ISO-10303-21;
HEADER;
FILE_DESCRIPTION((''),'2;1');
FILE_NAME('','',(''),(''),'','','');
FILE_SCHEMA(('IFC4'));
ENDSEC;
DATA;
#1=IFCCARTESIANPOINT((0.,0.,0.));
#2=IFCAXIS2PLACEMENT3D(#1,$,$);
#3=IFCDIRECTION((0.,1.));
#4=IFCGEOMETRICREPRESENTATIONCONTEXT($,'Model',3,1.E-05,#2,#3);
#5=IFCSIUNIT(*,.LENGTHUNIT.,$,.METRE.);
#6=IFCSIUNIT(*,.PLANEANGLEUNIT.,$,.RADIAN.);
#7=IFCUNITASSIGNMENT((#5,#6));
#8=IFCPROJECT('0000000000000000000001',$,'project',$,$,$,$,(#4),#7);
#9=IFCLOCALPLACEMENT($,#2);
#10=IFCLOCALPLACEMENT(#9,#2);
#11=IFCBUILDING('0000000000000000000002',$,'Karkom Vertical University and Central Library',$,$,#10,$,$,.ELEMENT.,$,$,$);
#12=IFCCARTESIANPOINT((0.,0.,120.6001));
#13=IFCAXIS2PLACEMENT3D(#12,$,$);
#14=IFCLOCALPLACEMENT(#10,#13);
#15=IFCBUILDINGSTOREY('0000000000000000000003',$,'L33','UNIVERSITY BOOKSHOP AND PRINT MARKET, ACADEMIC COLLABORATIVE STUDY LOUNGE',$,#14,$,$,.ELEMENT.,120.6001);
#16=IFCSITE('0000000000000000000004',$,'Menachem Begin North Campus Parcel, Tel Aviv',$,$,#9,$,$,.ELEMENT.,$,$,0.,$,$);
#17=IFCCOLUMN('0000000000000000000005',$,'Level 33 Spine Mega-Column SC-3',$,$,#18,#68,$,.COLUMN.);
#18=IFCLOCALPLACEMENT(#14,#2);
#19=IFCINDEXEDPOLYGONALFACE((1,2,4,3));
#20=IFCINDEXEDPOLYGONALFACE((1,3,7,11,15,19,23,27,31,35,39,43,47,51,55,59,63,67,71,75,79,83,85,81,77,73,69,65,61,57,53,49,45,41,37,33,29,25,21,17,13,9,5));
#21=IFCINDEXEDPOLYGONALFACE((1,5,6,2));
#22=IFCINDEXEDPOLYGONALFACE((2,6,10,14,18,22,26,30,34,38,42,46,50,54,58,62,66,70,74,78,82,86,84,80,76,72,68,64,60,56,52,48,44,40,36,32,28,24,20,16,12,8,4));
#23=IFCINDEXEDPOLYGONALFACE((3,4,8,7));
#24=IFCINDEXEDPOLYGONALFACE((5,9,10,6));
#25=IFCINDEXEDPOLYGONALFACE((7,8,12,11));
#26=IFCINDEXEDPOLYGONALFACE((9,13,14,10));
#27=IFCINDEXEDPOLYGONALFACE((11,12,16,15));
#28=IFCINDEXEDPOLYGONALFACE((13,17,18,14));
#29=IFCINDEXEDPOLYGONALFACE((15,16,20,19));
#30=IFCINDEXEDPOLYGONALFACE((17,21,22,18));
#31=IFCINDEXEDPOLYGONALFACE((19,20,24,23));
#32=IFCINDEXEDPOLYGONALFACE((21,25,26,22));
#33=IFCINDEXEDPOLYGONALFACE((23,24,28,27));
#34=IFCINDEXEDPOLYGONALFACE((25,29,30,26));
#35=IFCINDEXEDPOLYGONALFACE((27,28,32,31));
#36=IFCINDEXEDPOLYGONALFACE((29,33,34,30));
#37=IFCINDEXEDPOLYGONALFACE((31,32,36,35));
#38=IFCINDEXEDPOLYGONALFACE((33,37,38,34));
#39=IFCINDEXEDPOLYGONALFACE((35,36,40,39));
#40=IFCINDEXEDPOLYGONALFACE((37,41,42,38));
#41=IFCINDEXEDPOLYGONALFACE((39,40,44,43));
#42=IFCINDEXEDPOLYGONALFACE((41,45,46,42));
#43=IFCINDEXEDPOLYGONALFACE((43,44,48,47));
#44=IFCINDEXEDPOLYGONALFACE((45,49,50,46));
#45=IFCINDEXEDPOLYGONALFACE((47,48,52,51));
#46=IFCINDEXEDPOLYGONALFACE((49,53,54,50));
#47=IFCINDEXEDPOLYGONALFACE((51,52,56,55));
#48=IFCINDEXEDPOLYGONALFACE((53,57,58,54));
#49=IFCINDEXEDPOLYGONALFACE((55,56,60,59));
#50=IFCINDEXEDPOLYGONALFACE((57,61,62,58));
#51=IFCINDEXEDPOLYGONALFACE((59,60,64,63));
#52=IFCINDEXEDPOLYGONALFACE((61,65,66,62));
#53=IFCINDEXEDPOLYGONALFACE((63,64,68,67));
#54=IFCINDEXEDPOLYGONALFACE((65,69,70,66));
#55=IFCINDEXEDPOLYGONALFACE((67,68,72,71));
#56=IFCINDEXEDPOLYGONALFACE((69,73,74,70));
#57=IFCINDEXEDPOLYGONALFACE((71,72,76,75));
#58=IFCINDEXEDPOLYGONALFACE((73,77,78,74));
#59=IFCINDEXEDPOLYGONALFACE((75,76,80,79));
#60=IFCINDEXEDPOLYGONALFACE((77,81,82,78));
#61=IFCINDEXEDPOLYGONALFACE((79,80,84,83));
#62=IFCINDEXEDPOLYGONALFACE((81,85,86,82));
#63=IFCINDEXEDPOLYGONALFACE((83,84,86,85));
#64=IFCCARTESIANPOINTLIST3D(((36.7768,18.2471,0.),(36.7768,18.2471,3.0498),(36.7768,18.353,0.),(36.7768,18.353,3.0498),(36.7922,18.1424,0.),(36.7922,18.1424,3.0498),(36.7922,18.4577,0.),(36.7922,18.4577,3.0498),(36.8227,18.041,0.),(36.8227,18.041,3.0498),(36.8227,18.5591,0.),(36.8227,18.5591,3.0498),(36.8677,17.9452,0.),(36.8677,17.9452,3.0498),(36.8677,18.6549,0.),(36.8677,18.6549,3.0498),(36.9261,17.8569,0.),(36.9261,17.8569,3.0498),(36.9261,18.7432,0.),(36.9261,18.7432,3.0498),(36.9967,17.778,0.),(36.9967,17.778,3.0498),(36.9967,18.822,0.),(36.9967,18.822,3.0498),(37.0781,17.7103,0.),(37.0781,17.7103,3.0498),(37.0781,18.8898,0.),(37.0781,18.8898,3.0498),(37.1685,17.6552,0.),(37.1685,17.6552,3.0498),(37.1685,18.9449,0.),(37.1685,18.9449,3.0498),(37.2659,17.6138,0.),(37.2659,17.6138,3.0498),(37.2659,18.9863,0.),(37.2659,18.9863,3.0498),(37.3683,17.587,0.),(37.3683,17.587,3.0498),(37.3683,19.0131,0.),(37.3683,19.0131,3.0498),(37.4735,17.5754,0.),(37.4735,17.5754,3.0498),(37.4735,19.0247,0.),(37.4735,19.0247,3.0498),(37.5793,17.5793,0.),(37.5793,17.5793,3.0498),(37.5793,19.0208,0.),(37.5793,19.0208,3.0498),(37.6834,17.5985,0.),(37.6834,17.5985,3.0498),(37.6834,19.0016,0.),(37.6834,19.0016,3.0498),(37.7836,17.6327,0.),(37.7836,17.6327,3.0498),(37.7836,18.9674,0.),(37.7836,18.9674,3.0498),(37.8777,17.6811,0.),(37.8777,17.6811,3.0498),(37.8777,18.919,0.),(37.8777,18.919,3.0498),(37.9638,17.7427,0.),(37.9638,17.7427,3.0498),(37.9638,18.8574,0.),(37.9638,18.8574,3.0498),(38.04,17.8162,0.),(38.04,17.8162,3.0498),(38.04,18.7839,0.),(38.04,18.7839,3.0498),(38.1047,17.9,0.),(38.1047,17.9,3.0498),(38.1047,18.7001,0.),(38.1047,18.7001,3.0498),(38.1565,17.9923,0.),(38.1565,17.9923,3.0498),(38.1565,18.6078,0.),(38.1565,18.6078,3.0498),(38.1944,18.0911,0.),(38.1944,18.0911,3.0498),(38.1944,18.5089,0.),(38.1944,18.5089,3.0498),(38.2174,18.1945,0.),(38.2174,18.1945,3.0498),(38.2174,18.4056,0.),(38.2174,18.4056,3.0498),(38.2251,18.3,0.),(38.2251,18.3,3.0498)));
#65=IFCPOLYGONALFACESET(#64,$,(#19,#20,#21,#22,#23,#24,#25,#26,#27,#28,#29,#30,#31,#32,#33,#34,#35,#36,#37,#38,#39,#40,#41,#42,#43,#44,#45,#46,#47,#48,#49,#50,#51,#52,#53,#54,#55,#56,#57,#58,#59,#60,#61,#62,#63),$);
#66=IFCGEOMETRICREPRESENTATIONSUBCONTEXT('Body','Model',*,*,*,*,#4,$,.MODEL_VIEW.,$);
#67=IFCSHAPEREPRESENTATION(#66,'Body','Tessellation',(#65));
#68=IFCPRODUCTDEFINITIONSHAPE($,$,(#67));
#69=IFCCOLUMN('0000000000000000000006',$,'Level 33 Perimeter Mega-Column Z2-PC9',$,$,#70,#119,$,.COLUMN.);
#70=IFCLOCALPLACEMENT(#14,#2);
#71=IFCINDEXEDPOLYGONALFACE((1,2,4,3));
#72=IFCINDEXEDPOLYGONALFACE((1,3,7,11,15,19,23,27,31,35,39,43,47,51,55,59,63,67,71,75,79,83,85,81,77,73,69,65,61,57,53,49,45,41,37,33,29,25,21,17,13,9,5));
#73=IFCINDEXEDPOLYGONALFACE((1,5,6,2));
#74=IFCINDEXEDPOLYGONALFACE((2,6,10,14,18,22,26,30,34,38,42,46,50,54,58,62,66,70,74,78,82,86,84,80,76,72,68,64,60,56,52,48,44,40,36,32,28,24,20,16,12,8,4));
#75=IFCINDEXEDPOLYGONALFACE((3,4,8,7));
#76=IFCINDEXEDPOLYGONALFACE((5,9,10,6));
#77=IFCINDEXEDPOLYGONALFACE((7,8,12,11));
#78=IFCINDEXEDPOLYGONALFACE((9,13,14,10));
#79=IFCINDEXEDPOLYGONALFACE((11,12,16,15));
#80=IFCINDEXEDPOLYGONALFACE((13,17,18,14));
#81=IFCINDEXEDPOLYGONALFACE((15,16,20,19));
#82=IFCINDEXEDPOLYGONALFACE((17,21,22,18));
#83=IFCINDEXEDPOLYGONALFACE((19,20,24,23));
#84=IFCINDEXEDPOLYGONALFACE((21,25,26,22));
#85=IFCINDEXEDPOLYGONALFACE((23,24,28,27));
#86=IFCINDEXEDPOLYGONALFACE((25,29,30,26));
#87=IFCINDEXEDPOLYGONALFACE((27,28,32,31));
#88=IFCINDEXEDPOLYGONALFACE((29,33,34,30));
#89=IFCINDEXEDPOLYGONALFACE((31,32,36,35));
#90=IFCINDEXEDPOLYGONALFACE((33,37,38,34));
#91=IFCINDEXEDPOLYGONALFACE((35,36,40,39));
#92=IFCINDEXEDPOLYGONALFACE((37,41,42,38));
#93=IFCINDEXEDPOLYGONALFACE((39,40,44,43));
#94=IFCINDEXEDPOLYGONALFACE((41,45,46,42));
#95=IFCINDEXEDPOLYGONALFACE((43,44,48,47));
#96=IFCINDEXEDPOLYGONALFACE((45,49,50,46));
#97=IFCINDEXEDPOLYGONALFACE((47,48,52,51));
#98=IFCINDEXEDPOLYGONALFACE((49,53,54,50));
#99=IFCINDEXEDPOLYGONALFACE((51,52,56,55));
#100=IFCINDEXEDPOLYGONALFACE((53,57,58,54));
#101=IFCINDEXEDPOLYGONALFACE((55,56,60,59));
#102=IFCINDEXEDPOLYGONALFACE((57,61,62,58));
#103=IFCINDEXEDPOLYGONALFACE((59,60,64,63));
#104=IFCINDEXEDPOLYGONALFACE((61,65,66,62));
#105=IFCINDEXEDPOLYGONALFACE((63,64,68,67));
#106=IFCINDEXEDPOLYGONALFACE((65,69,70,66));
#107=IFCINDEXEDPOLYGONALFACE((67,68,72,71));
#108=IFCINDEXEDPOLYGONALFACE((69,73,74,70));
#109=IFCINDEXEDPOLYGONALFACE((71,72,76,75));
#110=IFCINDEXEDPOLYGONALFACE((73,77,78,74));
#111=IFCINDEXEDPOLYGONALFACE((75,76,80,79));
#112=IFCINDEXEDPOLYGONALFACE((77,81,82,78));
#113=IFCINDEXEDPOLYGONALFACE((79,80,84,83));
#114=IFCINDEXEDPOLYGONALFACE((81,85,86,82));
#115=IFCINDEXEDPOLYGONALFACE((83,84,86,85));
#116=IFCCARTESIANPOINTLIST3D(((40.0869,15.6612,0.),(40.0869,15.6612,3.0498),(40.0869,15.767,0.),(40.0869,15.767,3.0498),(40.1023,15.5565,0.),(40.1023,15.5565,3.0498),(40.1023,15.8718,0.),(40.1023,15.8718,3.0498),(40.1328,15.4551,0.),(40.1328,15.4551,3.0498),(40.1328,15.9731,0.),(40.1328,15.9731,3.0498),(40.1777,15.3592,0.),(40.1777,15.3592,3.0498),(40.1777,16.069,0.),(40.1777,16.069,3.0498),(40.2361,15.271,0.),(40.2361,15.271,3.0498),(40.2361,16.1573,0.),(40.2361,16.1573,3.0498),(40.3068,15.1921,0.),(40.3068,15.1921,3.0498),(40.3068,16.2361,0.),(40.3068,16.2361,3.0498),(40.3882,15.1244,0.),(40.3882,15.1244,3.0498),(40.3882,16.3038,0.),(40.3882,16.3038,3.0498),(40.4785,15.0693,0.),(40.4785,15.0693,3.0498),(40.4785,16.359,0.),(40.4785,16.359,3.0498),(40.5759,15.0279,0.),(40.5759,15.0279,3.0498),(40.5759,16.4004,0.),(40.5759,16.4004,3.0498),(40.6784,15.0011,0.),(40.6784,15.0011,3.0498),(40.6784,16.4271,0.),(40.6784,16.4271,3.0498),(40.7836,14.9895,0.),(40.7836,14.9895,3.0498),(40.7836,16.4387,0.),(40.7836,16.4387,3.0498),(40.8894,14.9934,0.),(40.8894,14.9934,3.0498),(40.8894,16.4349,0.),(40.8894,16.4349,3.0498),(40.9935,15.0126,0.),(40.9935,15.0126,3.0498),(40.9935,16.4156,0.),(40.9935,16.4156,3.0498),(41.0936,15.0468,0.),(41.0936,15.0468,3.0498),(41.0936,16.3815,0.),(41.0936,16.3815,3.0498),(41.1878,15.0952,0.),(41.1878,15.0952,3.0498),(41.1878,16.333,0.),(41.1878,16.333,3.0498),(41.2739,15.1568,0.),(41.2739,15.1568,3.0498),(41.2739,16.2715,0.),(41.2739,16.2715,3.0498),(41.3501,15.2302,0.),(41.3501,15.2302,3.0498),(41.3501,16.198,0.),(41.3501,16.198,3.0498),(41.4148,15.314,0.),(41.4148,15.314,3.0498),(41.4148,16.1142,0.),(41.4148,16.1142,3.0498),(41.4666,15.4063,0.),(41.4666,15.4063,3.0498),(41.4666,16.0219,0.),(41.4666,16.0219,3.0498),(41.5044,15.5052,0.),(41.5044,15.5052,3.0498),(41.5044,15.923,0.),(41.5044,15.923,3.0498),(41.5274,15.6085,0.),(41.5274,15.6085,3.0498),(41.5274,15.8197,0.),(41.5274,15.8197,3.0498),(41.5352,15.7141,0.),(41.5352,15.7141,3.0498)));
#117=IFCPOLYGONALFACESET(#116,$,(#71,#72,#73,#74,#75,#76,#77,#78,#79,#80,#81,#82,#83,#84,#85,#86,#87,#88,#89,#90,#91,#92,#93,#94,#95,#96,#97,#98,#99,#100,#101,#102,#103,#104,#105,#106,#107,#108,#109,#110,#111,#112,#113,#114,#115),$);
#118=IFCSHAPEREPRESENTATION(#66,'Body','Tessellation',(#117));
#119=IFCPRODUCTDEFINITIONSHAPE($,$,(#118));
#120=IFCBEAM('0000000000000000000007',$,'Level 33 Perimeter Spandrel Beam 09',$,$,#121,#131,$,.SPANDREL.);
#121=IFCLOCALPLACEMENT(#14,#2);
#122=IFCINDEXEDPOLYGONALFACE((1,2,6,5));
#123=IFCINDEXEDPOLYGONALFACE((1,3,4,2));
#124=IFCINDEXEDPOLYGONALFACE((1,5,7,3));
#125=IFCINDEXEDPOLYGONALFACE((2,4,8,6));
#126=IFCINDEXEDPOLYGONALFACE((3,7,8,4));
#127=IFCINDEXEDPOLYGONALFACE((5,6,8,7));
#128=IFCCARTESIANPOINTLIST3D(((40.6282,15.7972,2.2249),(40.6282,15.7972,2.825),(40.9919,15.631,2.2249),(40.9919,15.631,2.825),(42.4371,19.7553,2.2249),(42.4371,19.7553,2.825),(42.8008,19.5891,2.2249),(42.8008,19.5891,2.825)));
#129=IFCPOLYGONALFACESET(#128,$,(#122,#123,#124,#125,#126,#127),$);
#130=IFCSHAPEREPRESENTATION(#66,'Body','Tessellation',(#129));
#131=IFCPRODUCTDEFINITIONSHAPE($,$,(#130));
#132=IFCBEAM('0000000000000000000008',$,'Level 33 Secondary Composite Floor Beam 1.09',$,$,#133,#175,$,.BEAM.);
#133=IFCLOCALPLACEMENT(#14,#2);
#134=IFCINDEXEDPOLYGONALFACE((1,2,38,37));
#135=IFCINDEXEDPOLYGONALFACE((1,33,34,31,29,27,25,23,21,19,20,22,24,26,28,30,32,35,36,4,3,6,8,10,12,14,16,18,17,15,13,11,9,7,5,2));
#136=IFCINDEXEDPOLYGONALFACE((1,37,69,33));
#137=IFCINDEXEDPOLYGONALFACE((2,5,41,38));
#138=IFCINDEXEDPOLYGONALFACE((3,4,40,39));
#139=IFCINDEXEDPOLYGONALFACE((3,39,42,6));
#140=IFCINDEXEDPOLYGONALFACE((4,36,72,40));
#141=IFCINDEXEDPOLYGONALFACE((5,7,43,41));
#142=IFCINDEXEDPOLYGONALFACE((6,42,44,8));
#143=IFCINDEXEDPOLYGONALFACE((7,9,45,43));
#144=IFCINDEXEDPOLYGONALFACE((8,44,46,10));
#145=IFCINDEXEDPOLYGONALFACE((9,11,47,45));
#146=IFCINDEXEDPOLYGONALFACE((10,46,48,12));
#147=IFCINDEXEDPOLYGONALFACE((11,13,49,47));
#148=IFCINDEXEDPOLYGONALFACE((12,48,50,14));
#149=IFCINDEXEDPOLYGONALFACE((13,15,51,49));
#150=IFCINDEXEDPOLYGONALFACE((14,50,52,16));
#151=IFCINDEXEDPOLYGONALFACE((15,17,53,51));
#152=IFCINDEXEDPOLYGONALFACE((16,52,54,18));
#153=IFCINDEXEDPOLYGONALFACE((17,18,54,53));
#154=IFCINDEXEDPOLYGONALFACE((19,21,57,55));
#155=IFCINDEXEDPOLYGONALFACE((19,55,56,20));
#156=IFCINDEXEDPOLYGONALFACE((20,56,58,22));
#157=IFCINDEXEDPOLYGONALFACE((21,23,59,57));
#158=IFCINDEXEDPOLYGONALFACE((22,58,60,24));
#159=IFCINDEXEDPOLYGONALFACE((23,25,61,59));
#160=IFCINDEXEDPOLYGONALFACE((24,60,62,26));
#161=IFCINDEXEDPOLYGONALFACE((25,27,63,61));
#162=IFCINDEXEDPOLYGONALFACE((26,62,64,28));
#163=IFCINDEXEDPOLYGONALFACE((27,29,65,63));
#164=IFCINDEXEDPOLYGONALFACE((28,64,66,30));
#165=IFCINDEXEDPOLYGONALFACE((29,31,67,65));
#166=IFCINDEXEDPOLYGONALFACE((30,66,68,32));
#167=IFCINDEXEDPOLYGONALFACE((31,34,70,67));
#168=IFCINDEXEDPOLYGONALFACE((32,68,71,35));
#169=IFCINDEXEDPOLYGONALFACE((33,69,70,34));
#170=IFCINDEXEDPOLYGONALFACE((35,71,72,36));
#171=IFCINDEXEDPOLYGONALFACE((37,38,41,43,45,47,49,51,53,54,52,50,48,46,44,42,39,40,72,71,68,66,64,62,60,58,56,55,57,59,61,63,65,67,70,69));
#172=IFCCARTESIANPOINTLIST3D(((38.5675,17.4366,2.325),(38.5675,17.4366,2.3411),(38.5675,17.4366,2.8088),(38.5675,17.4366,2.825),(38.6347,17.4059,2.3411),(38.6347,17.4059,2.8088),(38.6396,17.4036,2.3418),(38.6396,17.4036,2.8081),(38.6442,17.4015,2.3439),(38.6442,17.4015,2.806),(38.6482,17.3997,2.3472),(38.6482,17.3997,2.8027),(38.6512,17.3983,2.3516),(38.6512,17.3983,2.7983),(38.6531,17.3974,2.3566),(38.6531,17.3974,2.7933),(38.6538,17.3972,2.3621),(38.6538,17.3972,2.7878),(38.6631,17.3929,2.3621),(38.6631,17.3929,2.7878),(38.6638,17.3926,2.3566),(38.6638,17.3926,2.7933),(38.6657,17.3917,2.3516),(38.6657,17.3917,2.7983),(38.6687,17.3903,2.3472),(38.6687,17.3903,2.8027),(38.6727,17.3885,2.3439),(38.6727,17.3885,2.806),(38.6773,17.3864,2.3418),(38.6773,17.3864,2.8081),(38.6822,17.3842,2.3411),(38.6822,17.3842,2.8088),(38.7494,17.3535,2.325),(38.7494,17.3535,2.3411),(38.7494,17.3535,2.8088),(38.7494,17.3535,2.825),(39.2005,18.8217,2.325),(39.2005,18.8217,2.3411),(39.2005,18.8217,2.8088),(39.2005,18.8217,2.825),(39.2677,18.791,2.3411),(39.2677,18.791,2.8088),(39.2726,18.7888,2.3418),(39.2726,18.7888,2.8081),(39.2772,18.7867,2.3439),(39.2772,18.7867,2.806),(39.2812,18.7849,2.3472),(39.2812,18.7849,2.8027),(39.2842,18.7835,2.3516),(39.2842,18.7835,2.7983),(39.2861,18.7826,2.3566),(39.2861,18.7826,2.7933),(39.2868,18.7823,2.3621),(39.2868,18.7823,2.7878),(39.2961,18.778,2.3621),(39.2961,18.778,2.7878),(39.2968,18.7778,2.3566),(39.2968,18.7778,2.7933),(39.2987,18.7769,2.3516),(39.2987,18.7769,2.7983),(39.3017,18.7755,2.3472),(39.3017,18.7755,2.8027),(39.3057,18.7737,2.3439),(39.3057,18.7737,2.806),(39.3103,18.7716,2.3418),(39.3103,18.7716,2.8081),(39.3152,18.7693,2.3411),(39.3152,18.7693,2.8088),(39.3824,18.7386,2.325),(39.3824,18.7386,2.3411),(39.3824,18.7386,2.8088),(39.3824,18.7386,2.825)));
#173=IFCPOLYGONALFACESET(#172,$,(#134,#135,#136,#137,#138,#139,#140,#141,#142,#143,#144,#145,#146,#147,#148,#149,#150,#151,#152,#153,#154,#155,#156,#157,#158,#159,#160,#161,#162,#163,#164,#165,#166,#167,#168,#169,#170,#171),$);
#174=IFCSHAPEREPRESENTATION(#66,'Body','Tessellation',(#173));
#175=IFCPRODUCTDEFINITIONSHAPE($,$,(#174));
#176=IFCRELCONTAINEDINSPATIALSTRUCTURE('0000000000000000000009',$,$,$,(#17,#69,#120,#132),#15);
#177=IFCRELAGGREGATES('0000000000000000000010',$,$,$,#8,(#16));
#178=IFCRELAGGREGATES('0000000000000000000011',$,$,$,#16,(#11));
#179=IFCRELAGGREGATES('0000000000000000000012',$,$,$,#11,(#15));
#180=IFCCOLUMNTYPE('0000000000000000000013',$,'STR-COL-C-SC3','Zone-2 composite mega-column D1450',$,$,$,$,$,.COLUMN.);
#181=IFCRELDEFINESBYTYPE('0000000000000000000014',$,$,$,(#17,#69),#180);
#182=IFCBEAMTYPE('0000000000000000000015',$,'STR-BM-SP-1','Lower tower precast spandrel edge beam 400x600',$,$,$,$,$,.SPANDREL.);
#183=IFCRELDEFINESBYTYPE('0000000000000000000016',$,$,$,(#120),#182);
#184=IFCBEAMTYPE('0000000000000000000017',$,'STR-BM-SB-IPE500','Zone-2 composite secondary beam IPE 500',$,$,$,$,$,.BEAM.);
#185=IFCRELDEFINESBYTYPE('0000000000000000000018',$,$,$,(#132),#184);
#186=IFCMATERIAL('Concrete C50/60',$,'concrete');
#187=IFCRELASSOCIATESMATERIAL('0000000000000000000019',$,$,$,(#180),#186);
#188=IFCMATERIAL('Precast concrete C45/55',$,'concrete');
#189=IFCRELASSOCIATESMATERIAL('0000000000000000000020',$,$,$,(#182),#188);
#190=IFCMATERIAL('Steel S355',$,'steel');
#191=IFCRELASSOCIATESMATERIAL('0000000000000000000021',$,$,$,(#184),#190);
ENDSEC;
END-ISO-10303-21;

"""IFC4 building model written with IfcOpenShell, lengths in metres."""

from ifc_helpers import new_model, si_unit, direction, frame, origin, origin_with_axes, origin_2d, place, context, subcontext, project, spatial, rectangle, circle, i_section, extrude, source, transform, mapped, material, material_profile, profile_set, type_object, element, save


model = new_model("IFC4")

# Units and contexts
model_context = context("Model", 3, precision=1e-05, world=origin(), true_north=direction((0.0, 1.0)))
body_context = subcontext(model_context, "Body", "Model", "MODEL_VIEW")
ifc_project = project(units=[si_unit("LENGTHUNIT", "METRE"), si_unit("PLANEANGLEUNIT", "RADIAN")], contexts=[model_context])

# Site, building, storey
site_placement = place(None, origin())
site = spatial("IfcSite", under=ifc_project, at=site_placement, Name="Menachem Begin North Campus Parcel, Tel Aviv", CompositionType="ELEMENT", RefElevation=0.0)
building_placement = place(site_placement, origin())
building = spatial("IfcBuilding", under=site, at=building_placement, Name="Karkom Vertical University and Central Library", CompositionType="ELEMENT")
storey_placement = place(building_placement, frame((0.0, 0.0, 120.6001)))
storey = spatial("IfcBuildingStorey", under=building, at=storey_placement, Name="L33", Description="UNIVERSITY BOOKSHOP AND PRINT MARKET, ACADEMIC COLLABORATIVE STUDY LOUNGE", CompositionType="ELEMENT", Elevation=120.6001)

# Columns
ifc_material_1 = material(Name="Concrete C50/60", Category="concrete")
ifc_material_profile_1 = material_profile(ifc_material_1, circle(Radius=0.7251, at=origin_2d()), Name="CFT-D1450")
ifc_profile_set_1 = profile_set([ifc_material_profile_1], Name="Concrete C50/60")
column_type = type_object("IfcColumnType", Name="STR-COL-C-SC3", Description="Zone-2 composite mega-column D1450", PredefinedType="COLUMN", material=ifc_profile_set_1)
shared_shape_1 = source(origin_with_axes(), body_context, "Body", "SweptSolid", [
    extrude(circle(Radius=0.7251, at=origin_2d()), origin(), (0.0, 0.0, 1.0), 3.0498),
])
for number, where, z_axis, x_axis, name in (
    (1, (37.5, 18.3, 0.0), (0.0, 0.0, 1.0), (1.0, 0.0, 0.0), "Level 33 Spine Mega-Column SC-3"),
    (2, (40.8101, 15.7141, 0.0), (0.0, 0.0, 1.0), (1.0, 0.0, 0.0), "Level 33 Perimeter Mega-Column Z2-PC9"),
):
    element("IfcColumn", number, at=place(storey_placement, frame(where, z_axis=z_axis, x_axis=x_axis)), inside=storey, type_object=column_type, Name=name, PredefinedType="COLUMN", context=body_context, shape_type="MappedRepresentation", body=[
        mapped(shared_shape_1, transform((0.0, 0.0, 0.0), scale=1.0)),
    ])

# Beams
ifc_material_2 = material(Name="Precast concrete C45/55", Category="concrete")
ifc_material_profile_2 = material_profile(ifc_material_2, rectangle(XDim=0.3999, YDim=0.6001, at=origin_2d()), Name="SPB-400x600")
ifc_profile_set_2 = profile_set([ifc_material_profile_2], Name="Precast concrete C45/55")
beam_type_1 = type_object("IfcBeamType", Name="STR-BM-SP-1", Description="Lower tower precast spandrel edge beam 400x600", PredefinedType="SPANDREL", material=ifc_profile_set_2)
shared_shape_2 = source(origin_with_axes(), body_context, "Body", "SweptSolid", [
    extrude(rectangle(XDim=0.3999, YDim=0.6001, at=origin_2d()), origin(), (0.0, 0.0, 1.0), 4.3518),
])
beam_1_placement = place(storey_placement, frame((40.8101, 15.7141, 2.5249), z_axis=(0.415658, 0.909521, 0.0), x_axis=(-0.909521, 0.415658, 0.0)))
element("IfcBeam", 3, at=beam_1_placement, inside=storey, type_object=beam_type_1, Name="Level 33 Perimeter Spandrel Beam 09", PredefinedType="SPANDREL", context=body_context, shape_type="MappedRepresentation", body=[
    mapped(shared_shape_2, transform((0.0, 0.0, 0.0), scale=1.0)),
])
ifc_material_3 = material(Name="Steel S355", Category="steel")
ifc_material_profile_3 = material_profile(ifc_material_3, i_section(OverallWidth=0.2, OverallDepth=0.5, WebThickness=0.0103, FlangeThickness=0.0161, FilletRadius=0.021, at=origin_2d()), Name="IPE 500")
ifc_profile_set_3 = profile_set([ifc_material_profile_3], Name="Steel S355")
beam_type_2 = type_object("IfcBeamType", Name="STR-BM-SB-IPE500", Description="Zone-2 composite secondary beam IPE 500", PredefinedType="BEAM", material=ifc_profile_set_3)
shared_shape_3 = source(origin_with_axes(), body_context, "Body", "SweptSolid", [
    extrude(i_section(OverallWidth=0.2, OverallDepth=0.5, WebThickness=0.0103, FlangeThickness=0.0161, FilletRadius=0.021, at=origin_2d()), origin(), (0.0, 0.0, 1.0), 1.5229),
])
beam_2_placement = place(storey_placement, frame((38.6584, 17.395, 2.575), z_axis=(0.41565, 0.909525, 0.0), x_axis=(-0.909525, 0.41565, 0.0)))
element("IfcBeam", 4, at=beam_2_placement, inside=storey, type_object=beam_type_2, Name="Level 33 Secondary Composite Floor Beam 1.09", PredefinedType="BEAM", context=body_context, shape_type="MappedRepresentation", body=[
    mapped(shared_shape_3, transform((0.0, 0.0, 0.0), scale=1.0)),
])

save(model, "model.ifc")
